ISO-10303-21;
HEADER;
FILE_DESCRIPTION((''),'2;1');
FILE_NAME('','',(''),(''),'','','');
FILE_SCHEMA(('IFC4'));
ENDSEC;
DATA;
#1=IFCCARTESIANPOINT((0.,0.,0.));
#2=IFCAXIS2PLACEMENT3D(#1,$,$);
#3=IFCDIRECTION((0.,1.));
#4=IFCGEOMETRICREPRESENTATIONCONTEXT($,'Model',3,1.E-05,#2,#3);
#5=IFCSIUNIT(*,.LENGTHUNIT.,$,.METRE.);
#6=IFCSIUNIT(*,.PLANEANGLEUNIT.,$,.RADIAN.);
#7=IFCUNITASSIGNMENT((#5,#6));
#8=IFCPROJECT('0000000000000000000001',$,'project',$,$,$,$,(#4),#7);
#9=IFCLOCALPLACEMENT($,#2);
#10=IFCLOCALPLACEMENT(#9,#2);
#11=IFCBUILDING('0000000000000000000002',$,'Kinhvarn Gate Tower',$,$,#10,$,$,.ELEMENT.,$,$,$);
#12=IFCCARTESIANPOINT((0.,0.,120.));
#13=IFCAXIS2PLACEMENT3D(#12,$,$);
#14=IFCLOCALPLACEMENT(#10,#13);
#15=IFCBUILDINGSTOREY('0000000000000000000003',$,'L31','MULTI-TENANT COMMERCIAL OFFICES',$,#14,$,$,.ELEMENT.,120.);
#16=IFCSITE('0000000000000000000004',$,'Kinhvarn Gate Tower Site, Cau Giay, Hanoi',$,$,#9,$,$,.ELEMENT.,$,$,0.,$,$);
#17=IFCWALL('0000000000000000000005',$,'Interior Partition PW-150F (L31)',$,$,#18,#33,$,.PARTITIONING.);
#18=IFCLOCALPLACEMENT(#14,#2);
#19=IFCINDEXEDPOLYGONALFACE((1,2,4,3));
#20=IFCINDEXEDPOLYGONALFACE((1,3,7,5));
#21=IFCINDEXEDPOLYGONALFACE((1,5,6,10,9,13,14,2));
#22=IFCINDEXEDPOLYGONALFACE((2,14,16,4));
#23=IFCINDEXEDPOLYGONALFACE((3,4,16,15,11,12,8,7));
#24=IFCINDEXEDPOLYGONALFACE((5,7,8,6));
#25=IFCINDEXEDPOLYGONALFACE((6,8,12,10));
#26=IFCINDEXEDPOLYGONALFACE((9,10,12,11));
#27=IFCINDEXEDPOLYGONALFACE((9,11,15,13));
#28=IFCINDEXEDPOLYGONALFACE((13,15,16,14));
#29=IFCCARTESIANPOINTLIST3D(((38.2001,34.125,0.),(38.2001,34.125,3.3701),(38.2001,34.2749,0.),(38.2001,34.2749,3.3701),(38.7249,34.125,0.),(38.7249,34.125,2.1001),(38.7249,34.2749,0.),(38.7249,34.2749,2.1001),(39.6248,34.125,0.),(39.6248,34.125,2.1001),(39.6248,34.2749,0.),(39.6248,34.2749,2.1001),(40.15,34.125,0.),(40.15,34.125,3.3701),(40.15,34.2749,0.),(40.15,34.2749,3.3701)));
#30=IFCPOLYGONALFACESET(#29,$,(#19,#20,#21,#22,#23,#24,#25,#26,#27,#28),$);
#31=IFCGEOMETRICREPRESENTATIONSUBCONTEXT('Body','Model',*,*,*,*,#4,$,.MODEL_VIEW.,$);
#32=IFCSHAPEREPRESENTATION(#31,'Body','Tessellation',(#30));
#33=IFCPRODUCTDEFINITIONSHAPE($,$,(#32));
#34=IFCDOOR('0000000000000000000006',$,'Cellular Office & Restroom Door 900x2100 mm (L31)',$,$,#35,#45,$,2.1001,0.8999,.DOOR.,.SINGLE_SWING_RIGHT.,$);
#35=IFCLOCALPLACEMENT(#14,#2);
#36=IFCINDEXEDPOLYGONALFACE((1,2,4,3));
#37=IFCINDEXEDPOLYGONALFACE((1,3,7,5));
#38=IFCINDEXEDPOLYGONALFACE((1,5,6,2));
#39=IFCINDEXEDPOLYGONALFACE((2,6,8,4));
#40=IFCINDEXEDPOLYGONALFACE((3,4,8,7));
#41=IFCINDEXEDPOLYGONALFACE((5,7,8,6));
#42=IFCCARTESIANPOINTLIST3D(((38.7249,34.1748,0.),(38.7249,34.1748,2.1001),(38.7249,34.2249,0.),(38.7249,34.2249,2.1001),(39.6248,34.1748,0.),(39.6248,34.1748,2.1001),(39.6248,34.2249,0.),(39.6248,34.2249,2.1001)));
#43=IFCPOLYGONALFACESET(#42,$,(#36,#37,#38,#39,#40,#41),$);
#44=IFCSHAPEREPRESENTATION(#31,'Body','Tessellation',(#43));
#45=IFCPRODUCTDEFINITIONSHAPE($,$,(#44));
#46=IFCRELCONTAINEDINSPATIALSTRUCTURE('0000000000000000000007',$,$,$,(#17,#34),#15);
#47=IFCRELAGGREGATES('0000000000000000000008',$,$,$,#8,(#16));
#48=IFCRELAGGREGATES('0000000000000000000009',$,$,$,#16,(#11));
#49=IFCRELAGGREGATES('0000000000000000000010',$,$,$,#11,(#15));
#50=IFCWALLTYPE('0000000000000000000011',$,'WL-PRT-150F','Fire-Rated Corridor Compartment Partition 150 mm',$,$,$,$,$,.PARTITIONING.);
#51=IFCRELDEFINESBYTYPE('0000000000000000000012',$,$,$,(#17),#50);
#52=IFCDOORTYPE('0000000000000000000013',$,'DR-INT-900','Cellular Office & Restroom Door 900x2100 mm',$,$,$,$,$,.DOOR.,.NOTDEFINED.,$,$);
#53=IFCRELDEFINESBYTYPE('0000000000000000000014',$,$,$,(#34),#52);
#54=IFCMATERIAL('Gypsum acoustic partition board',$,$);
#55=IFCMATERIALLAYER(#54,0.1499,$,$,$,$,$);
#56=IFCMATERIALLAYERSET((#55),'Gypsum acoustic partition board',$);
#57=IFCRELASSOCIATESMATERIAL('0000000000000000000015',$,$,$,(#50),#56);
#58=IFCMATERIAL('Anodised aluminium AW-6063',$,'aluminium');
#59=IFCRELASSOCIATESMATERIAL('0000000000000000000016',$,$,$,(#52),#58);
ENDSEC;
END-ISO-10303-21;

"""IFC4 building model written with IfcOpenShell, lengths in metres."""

from ifc_helpers import new_model, si_unit, direction, frame, frame_2d, origin, place, context, subcontext, project, spatial, rectangle, extrude, material, layer, layer_set, type_object, element, fill, save


model = new_model("IFC4")

# Units and contexts
model_context = context("Model", 3, precision=1e-05, world=origin(), true_north=direction((0.0, 1.0)))
body_context = subcontext(model_context, "Body", "Model", "MODEL_VIEW")
ifc_project = project(units=[si_unit("LENGTHUNIT", "METRE"), si_unit("PLANEANGLEUNIT", "RADIAN")], contexts=[model_context])

# Site, building, storey
site_placement = place(None, origin())
site = spatial("IfcSite", under=ifc_project, at=site_placement, Name="Kinhvarn Gate Tower Site, Cau Giay, Hanoi", CompositionType="ELEMENT", RefElevation=0.0)
building_placement = place(site_placement, origin())
building = spatial("IfcBuilding", under=site, at=building_placement, Name="Kinhvarn Gate Tower", CompositionType="ELEMENT")
storey_placement = place(building_placement, frame((0.0, 0.0, 120.0)))
storey = spatial("IfcBuildingStorey", under=building, at=storey_placement, Name="L31", Description="MULTI-TENANT COMMERCIAL OFFICES", CompositionType="ELEMENT", Elevation=120.0)

# Shared definitions
ifc_material_1 = material(Name="Anodised aluminium AW-6063", Category="aluminium")

# Shared definitions
ifc_material_2 = material(Name="Gypsum acoustic partition board")

# Wall, opening, door
ifc_layer_1 = layer(ifc_material_2, 0.1499)
ifc_layer_set_1 = layer_set([ifc_layer_1], Name="Gypsum acoustic partition board")
wall_type_1 = type_object("IfcWallType", Name="WL-PRT-150F", Description="Fire-Rated Corridor Compartment Partition 150 mm", PredefinedType="PARTITIONING", material=ifc_layer_set_1)
wall_1_placement = place(storey_placement, frame((38.2, 34.2, 0.0), z_axis=(0.0, 0.0, 1.0), x_axis=(1.0, 0.0, 0.0)))
wall_1 = element("IfcWall", 1, at=wall_1_placement, inside=storey, type_object=wall_type_1, Name="Interior Partition PW-150F (L31)", PredefinedType="PARTITIONING", context=body_context, shape_type="SweptSolid", body=[
    extrude(rectangle(XDim=1.95, YDim=0.1499, at=frame_2d((0.9751, 0.0))), origin(), (0.0, 0.0, 1.0), 3.3701),
])
opening_1_placement = place(wall_1_placement, frame((0.5249, 0.0, 0.0)))
opening_1 = element("IfcOpeningElement", 2, at=opening_1_placement, cuts=wall_1, PredefinedType="OPENING", context=body_context, shape_type="SweptSolid", body=[
    extrude(rectangle(XDim=0.8999, YDim=2.1001, at=frame_2d((0.45, 1.05))), frame((0.0, 0.085, 0.0), z_axis=(0.0, -1.0, 0.0), x_axis=(1.0, 0.0, 0.0)), (0.0, 0.0, 1.0), 0.1699),
])
door_type_1 = type_object("IfcDoorType", Name="DR-INT-900", Description="Cellular Office & Restroom Door 900x2100 mm", OperationType="NOTDEFINED", PredefinedType="DOOR", material=ifc_material_1)
door_1_placement = place(opening_1_placement, origin())
door_1 = element("IfcDoor", 3, at=door_1_placement, inside=storey, type_object=door_type_1, Name="Cellular Office & Restroom Door 900x2100 mm (L31)", OperationType="SINGLE_SWING_RIGHT", OverallHeight=2.1001, OverallWidth=0.8999, PredefinedType="DOOR", context=body_context, shape_type="SweptSolid", body=[
    extrude(rectangle(XDim=0.8999, YDim=2.1001, at=frame_2d((0.45, 1.05))), frame((0.0, 0.0249, 0.0), z_axis=(0.0, -1.0, 0.0), x_axis=(1.0, 0.0, 0.0)), (0.0, 0.0, 1.0), 0.05),
])
fill(opening_1, door_1)

save(model, "model.ifc")
